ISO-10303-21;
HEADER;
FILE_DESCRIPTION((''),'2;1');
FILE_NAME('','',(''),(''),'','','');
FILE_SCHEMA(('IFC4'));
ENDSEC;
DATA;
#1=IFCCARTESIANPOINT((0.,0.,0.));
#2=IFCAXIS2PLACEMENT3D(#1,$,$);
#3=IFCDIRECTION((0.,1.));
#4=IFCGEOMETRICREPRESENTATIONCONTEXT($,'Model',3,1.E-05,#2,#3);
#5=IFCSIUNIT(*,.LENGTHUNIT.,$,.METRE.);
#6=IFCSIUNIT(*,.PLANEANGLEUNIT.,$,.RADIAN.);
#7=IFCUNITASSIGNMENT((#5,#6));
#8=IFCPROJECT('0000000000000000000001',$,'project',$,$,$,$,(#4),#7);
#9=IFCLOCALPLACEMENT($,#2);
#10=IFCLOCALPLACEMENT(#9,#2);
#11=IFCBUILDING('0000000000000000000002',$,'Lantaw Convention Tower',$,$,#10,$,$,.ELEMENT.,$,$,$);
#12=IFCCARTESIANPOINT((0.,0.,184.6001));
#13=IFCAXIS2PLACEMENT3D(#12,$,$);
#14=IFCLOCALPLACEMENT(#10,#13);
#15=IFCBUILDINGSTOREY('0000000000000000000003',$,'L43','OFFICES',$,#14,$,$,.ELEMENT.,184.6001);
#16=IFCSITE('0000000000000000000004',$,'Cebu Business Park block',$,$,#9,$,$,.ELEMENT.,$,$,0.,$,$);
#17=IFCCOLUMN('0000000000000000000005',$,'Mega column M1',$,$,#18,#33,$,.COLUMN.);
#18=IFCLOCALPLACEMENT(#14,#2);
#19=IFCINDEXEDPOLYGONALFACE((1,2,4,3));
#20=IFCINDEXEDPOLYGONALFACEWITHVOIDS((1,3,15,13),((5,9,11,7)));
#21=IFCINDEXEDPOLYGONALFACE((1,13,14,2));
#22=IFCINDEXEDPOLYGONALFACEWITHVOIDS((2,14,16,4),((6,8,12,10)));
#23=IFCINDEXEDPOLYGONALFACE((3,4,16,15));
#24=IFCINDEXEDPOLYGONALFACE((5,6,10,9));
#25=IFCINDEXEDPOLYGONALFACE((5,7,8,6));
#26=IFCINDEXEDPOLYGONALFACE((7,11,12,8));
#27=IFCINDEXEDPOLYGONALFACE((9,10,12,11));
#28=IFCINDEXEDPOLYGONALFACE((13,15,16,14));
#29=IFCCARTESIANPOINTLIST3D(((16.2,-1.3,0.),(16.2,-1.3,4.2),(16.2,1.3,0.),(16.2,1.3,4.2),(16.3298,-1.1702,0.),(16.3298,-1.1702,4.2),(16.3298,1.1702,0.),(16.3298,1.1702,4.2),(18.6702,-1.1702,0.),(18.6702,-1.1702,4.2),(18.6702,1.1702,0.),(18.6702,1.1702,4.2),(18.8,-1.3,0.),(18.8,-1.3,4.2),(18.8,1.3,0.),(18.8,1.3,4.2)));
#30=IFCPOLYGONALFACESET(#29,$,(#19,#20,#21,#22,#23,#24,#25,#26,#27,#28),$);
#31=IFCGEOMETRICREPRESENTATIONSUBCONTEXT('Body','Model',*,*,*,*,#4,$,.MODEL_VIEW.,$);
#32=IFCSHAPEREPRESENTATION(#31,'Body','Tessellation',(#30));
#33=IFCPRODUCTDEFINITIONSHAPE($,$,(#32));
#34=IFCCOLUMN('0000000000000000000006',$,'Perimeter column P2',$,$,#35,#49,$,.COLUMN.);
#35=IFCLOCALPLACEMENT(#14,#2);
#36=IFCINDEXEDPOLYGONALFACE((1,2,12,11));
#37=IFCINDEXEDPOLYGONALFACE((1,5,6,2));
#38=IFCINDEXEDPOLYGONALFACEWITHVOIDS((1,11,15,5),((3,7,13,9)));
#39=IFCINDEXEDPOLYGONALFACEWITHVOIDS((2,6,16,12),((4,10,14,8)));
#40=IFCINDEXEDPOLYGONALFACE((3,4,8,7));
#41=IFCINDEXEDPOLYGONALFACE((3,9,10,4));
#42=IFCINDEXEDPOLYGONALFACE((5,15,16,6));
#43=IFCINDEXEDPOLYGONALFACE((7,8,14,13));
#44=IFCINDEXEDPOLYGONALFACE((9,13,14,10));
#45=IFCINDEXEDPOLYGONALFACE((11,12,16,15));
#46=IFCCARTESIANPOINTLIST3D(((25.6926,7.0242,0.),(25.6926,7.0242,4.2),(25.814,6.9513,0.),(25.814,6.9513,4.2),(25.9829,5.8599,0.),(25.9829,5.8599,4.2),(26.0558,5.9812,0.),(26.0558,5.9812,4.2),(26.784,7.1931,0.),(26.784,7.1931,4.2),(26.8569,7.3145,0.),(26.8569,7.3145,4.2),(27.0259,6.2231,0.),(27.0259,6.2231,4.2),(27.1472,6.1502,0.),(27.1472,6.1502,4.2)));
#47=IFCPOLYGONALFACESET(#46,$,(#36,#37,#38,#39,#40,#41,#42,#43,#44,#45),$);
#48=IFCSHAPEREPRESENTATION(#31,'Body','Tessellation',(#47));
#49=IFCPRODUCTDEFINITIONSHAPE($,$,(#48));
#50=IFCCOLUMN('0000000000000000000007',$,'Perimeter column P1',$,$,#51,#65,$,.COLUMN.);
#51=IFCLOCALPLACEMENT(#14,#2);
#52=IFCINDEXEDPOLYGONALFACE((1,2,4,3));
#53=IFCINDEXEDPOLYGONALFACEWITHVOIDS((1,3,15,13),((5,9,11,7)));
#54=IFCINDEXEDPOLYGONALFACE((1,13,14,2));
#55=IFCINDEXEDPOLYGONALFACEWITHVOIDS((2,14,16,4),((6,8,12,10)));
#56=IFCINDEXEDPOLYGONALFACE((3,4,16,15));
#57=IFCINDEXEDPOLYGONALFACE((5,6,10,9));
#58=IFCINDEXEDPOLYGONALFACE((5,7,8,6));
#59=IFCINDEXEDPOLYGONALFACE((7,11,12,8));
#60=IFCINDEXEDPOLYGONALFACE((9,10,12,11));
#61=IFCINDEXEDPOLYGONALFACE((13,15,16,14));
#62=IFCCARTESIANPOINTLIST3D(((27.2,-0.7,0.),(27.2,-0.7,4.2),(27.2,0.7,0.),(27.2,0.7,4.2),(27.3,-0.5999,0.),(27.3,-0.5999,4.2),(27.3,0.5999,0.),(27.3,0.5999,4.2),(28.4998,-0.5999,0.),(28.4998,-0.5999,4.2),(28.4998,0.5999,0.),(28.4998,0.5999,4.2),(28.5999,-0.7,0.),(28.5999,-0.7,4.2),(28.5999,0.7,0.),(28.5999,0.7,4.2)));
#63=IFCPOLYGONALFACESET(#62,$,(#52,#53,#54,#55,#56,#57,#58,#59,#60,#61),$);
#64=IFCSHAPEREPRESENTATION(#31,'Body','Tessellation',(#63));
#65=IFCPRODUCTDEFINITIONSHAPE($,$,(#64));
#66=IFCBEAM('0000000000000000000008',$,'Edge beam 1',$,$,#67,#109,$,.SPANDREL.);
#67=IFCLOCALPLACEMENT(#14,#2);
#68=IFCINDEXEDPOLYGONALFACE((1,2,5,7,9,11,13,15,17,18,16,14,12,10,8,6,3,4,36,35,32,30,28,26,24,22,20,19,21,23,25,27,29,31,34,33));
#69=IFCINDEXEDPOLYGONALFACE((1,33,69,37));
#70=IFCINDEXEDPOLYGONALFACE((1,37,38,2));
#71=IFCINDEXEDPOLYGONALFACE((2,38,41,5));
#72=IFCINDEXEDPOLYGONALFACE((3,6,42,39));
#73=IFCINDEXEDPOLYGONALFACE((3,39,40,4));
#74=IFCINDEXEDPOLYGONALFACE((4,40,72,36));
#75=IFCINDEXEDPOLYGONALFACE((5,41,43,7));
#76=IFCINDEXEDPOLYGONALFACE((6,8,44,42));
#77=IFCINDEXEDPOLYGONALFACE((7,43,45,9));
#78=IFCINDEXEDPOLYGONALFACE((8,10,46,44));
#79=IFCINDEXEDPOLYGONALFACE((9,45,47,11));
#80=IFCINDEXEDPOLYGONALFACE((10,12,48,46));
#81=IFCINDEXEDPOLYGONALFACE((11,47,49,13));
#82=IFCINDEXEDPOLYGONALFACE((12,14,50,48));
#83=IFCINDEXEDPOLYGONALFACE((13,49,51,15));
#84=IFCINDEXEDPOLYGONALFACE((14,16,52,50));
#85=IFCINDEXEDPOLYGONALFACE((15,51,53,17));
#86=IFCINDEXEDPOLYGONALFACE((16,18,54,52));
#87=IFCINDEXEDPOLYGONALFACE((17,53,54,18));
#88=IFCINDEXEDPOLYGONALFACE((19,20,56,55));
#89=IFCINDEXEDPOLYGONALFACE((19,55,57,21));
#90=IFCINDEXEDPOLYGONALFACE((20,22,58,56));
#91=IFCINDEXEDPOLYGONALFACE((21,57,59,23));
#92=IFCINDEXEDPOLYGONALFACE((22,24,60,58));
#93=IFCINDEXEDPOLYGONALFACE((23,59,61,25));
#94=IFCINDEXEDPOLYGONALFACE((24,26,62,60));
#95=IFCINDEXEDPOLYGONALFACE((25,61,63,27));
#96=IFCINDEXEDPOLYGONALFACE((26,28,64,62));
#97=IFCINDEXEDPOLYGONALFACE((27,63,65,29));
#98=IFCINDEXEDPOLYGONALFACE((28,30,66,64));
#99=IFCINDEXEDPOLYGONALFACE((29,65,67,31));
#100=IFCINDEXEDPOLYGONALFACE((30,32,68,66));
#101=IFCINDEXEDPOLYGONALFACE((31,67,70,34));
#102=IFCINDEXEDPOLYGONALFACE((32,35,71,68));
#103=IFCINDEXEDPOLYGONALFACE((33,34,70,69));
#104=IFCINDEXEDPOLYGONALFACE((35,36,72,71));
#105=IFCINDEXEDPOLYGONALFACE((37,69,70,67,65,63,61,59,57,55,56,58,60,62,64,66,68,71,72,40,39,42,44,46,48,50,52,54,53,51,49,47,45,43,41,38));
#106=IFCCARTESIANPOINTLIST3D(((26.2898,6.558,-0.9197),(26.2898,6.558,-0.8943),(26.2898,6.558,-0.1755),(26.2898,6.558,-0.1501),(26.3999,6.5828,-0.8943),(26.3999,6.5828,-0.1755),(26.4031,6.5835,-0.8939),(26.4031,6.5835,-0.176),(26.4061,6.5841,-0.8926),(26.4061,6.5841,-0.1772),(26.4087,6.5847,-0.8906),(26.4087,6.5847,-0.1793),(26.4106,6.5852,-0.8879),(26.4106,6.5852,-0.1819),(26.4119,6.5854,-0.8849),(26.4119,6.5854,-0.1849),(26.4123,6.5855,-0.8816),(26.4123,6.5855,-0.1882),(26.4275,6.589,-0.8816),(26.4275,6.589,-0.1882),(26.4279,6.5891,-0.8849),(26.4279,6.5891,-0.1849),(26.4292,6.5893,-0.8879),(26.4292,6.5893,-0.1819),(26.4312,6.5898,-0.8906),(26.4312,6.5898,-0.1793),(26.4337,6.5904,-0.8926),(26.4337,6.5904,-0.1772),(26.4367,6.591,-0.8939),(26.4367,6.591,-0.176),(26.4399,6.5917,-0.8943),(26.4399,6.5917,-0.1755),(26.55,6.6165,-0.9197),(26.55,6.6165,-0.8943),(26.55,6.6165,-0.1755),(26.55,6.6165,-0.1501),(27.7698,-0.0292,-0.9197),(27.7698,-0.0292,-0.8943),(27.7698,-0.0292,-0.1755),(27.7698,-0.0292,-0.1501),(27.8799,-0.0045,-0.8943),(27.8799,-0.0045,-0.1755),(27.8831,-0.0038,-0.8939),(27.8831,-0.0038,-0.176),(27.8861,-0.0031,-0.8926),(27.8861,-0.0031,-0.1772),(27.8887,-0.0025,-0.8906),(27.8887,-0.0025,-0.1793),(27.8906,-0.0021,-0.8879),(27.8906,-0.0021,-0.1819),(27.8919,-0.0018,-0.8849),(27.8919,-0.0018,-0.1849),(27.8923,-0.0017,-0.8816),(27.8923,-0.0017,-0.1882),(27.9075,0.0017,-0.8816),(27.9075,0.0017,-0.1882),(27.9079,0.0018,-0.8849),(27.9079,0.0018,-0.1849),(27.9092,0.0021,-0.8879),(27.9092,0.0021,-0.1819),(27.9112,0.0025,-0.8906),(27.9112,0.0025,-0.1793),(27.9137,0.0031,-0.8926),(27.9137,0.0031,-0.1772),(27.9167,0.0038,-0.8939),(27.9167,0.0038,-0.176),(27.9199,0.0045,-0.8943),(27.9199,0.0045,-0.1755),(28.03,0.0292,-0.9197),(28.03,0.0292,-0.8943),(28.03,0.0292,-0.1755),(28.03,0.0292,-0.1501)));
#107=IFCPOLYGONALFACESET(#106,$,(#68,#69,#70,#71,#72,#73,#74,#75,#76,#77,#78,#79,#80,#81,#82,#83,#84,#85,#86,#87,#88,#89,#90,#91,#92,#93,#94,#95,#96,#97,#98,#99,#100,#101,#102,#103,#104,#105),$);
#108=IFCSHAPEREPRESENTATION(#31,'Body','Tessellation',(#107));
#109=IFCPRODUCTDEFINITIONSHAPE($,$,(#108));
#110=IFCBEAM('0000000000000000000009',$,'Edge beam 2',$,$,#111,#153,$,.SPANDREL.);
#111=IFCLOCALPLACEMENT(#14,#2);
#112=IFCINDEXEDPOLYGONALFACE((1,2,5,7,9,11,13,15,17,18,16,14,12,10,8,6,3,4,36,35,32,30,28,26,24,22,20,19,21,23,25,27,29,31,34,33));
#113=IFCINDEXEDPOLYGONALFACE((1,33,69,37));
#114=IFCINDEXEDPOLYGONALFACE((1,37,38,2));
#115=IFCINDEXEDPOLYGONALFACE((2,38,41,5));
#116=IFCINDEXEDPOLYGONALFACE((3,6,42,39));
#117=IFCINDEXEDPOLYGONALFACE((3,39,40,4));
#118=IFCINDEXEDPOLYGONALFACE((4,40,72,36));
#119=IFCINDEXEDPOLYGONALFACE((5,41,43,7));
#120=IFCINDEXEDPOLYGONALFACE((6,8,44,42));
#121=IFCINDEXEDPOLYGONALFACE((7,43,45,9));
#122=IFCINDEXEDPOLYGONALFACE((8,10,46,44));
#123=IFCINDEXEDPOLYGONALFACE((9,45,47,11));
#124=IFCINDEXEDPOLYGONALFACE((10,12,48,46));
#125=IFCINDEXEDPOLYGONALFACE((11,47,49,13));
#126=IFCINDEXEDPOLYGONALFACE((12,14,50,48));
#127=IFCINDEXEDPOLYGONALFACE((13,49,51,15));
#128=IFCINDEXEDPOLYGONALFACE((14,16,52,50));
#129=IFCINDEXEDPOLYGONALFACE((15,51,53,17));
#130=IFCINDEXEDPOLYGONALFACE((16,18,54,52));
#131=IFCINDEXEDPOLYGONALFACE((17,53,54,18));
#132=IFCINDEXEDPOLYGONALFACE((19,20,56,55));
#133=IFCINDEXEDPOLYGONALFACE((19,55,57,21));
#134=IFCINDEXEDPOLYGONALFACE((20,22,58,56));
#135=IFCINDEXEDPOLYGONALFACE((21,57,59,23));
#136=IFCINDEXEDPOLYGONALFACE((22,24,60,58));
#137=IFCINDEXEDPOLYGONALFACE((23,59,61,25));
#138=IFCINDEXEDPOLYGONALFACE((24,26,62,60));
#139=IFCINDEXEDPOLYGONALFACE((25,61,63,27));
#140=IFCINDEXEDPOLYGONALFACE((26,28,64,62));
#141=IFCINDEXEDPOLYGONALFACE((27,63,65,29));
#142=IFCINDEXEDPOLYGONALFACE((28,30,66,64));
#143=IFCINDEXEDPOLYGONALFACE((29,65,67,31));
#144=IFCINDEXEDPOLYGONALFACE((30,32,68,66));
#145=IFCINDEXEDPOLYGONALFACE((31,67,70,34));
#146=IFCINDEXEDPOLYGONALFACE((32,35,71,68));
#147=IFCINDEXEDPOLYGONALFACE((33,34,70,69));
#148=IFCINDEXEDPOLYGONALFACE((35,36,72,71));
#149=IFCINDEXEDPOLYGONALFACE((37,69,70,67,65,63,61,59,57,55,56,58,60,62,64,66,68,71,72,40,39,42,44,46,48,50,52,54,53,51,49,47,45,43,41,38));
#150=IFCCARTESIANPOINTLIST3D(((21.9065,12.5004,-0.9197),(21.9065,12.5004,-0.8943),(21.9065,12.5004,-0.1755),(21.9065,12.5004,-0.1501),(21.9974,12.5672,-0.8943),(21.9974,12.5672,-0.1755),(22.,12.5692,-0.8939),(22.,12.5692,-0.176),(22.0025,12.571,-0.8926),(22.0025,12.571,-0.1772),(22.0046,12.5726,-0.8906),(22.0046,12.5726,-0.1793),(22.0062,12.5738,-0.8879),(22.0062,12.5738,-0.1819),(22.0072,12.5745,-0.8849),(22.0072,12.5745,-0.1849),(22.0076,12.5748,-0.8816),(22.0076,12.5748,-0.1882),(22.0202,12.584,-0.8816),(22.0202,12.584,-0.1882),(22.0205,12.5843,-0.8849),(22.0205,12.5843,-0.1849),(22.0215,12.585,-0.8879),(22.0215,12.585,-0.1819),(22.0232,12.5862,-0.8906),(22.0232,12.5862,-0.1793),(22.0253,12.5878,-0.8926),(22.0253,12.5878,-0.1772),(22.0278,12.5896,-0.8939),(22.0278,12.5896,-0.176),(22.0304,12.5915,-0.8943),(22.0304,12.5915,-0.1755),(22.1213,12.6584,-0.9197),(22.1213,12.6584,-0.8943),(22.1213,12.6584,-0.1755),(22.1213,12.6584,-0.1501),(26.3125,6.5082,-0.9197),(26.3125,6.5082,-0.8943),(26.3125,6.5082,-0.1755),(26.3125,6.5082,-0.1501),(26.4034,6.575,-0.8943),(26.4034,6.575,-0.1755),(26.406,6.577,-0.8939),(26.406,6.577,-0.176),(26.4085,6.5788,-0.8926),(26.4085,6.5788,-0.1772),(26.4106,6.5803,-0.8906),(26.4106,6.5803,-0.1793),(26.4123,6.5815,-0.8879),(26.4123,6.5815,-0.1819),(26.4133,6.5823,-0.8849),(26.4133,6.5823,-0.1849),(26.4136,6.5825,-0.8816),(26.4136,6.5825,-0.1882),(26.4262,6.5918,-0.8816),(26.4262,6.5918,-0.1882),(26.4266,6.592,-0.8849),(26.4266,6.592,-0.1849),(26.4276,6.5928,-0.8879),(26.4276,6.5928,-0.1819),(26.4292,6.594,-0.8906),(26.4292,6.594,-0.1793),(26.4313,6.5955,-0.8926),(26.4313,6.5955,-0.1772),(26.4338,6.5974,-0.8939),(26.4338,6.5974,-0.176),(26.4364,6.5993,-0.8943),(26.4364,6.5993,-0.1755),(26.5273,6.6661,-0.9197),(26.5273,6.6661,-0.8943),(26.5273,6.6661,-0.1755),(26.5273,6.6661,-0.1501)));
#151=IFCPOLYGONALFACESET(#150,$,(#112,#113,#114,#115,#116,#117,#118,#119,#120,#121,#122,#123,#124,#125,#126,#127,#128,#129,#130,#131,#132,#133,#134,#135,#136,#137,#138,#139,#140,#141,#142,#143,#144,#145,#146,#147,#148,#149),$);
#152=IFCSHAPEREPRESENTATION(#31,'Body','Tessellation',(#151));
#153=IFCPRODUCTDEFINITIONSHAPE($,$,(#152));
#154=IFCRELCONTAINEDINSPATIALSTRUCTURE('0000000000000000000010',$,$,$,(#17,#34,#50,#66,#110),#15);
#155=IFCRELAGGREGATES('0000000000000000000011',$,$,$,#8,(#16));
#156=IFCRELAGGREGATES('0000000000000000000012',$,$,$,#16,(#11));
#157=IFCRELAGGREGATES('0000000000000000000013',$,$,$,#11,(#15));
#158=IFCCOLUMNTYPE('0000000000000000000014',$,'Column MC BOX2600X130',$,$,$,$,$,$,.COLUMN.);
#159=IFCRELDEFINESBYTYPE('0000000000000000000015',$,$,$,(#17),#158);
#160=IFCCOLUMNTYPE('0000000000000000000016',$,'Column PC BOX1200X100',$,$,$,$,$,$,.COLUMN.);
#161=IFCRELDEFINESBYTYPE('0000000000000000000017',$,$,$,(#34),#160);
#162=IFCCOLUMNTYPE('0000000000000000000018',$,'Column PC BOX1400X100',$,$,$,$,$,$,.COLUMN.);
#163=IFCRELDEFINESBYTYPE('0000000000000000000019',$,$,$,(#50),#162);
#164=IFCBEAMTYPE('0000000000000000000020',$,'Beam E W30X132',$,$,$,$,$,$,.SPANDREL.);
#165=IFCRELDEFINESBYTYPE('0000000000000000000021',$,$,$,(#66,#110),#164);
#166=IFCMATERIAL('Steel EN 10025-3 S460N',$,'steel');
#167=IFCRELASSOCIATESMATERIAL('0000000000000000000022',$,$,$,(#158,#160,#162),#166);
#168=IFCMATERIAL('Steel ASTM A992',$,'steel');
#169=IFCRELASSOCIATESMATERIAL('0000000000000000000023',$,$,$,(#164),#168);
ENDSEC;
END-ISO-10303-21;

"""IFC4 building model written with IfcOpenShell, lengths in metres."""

from ifc_helpers import new_model, si_unit, direction, frame, origin, origin_2d, place, context, subcontext, project, spatial, rectangle, hollow_rectangle, i_section, extrude, material, material_profile, profile_set, type_object, element, save


model = new_model("IFC4")

# Units and contexts
model_context = context("Model", 3, precision=1e-05, world=origin(), true_north=direction((0.0, 1.0)))
body_context = subcontext(model_context, "Body", "Model", "MODEL_VIEW")
ifc_project = project(units=[si_unit("LENGTHUNIT", "METRE"), si_unit("PLANEANGLEUNIT", "RADIAN")], contexts=[model_context])

# Site, building, storey
site_placement = place(None, origin())
site = spatial("IfcSite", under=ifc_project, at=site_placement, Name="Cebu Business Park block", CompositionType="ELEMENT", RefElevation=0.0)
building_placement = place(site_placement, origin())
building = spatial("IfcBuilding", under=site, at=building_placement, Name="Lantaw Convention Tower", CompositionType="ELEMENT")
storey_placement = place(building_placement, frame((0.0, 0.0, 184.6001)))
storey = spatial("IfcBuildingStorey", under=building, at=storey_placement, Name="L43", Description="OFFICES", CompositionType="ELEMENT", Elevation=184.6001)

# Columns
ifc_material_1 = material(Name="Steel EN 10025-3 S460N", Category="steel")
ifc_material_profile_1 = material_profile(ifc_material_1, hollow_rectangle(XDim=2.6001, YDim=2.6001, WallThickness=0.1299, at=origin_2d()), Name="BOX2600X130")
ifc_material_2 = material(Name="Concrete C60/75", Category="concrete")
ifc_material_profile_2 = material_profile(ifc_material_2, rectangle(XDim=2.3401, YDim=2.3401, at=origin_2d()), Name="Concrete fill of BOX2600X130")
ifc_profile_set_1 = profile_set([ifc_material_profile_1, ifc_material_profile_2], Name="Steel EN 10025-3 S460N")
column_type_1 = type_object("IfcColumnType", Name="Column MC BOX2600X130", PredefinedType="COLUMN", material=ifc_profile_set_1)
column_1_placement = place(storey_placement, frame((17.5, 0.0, 0.0), z_axis=(0.0, 0.0, 1.0), x_axis=(1.0, 0.0, 0.0)))
element("IfcColumn", 1, at=column_1_placement, inside=storey, type_object=column_type_1, Name="Mega column M1", PredefinedType="COLUMN", context=body_context, shape_type="SweptSolid", body=[
    extrude(hollow_rectangle(XDim=2.6001, YDim=2.6001, WallThickness=0.1299, at=origin_2d()), origin(), (0.0, 0.0, 1.0), 4.2),
])
ifc_material_profile_3 = material_profile(ifc_material_1, hollow_rectangle(XDim=1.2, YDim=1.2, WallThickness=0.1001, at=origin_2d()), Name="BOX1200X100")
ifc_material_profile_4 = material_profile(ifc_material_2, rectangle(XDim=1.0, YDim=1.0, at=origin_2d()), Name="Concrete fill of BOX1200X100")
ifc_profile_set_2 = profile_set([ifc_material_profile_3, ifc_material_profile_4], Name="Steel EN 10025-3 S460N")
column_type_2 = type_object("IfcColumnType", Name="Column PC BOX1200X100", PredefinedType="COLUMN", material=ifc_profile_set_2)
column_2_placement = place(storey_placement, frame((26.4199, 6.5872, 0.0), z_axis=(0.0, 0.0, 1.0), x_axis=(0.970296, 0.241922, 0.0)))
element("IfcColumn", 2, at=column_2_placement, inside=storey, type_object=column_type_2, Name="Perimeter column P2", PredefinedType="COLUMN", context=body_context, shape_type="SweptSolid", body=[
    extrude(hollow_rectangle(XDim=1.2, YDim=1.2, WallThickness=0.1001, at=origin_2d()), origin(), (0.0, 0.0, 1.0), 4.2),
])
ifc_material_profile_5 = material_profile(ifc_material_1, hollow_rectangle(XDim=1.3999, YDim=1.3999, WallThickness=0.1001, at=origin_2d()), Name="BOX1400X100")
ifc_material_profile_6 = material_profile(ifc_material_2, rectangle(XDim=1.2, YDim=1.2, at=origin_2d()), Name="Concrete fill of BOX1400X100")
ifc_profile_set_3 = profile_set([ifc_material_profile_5, ifc_material_profile_6], Name="Steel EN 10025-3 S460N")
column_type_3 = type_object("IfcColumnType", Name="Column PC BOX1400X100", PredefinedType="COLUMN", material=ifc_profile_set_3)
column_3_placement = place(storey_placement, frame((27.8999, 0.0, 0.0), z_axis=(0.0, 0.0, 1.0), x_axis=(1.0, 0.0, 0.0)))
element("IfcColumn", 3, at=column_3_placement, inside=storey, type_object=column_type_3, Name="Perimeter column P1", PredefinedType="COLUMN", context=body_context, shape_type="SweptSolid", body=[
    extrude(hollow_rectangle(XDim=1.3999, YDim=1.3999, WallThickness=0.1001, at=origin_2d()), origin(), (0.0, 0.0, 1.0), 4.2),
])

# Beams
ifc_material_3 = material(Name="Steel ASTM A992", Category="steel")
ifc_material_profile_7 = material_profile(ifc_material_3, i_section(OverallWidth=0.2666, OverallDepth=0.7695, WebThickness=0.0156, FlangeThickness=0.0254, FilletRadius=0.0127, at=origin_2d()), Name="W30X132")
ifc_profile_set_4 = profile_set([ifc_material_profile_7], Name="Steel ASTM A992")
beam_type_1 = type_object("IfcBeamType", Name="Beam E W30X132", PredefinedType="SPANDREL", material=ifc_profile_set_4)
beam_1_placement = place(storey_placement, frame((27.8999, 0.0, -0.5349), z_axis=(-0.219212, 0.975677, 0.0), x_axis=(-0.975677, -0.219212, 0.0)))
element("IfcBeam", 4, at=beam_1_placement, inside=storey, type_object=beam_type_1, Name="Edge beam 1", PredefinedType="SPANDREL", context=body_context, shape_type="SweptSolid", body=[
    extrude(i_section(OverallWidth=0.2666, OverallDepth=0.7695, WebThickness=0.0156, FlangeThickness=0.0254, FilletRadius=0.0127, at=origin_2d()), origin(), (0.0, 0.0, 1.0), 6.7515),
])
beam_2_placement = place(storey_placement, frame((26.4199, 6.5872, -0.5349), z_axis=(-0.592389, 0.805652, 0.0), x_axis=(-0.805652, -0.592389, 0.0)))
element("IfcBeam", 5, at=beam_2_placement, inside=storey, type_object=beam_type_1, Name="Edge beam 2", PredefinedType="SPANDREL", context=body_context, shape_type="SweptSolid", body=[
    extrude(i_section(OverallWidth=0.2666, OverallDepth=0.7695, WebThickness=0.0156, FlangeThickness=0.0254, FilletRadius=0.0127, at=origin_2d()), origin(), (0.0, 0.0, 1.0), 7.4377),
])

save(model, "model.ifc")
